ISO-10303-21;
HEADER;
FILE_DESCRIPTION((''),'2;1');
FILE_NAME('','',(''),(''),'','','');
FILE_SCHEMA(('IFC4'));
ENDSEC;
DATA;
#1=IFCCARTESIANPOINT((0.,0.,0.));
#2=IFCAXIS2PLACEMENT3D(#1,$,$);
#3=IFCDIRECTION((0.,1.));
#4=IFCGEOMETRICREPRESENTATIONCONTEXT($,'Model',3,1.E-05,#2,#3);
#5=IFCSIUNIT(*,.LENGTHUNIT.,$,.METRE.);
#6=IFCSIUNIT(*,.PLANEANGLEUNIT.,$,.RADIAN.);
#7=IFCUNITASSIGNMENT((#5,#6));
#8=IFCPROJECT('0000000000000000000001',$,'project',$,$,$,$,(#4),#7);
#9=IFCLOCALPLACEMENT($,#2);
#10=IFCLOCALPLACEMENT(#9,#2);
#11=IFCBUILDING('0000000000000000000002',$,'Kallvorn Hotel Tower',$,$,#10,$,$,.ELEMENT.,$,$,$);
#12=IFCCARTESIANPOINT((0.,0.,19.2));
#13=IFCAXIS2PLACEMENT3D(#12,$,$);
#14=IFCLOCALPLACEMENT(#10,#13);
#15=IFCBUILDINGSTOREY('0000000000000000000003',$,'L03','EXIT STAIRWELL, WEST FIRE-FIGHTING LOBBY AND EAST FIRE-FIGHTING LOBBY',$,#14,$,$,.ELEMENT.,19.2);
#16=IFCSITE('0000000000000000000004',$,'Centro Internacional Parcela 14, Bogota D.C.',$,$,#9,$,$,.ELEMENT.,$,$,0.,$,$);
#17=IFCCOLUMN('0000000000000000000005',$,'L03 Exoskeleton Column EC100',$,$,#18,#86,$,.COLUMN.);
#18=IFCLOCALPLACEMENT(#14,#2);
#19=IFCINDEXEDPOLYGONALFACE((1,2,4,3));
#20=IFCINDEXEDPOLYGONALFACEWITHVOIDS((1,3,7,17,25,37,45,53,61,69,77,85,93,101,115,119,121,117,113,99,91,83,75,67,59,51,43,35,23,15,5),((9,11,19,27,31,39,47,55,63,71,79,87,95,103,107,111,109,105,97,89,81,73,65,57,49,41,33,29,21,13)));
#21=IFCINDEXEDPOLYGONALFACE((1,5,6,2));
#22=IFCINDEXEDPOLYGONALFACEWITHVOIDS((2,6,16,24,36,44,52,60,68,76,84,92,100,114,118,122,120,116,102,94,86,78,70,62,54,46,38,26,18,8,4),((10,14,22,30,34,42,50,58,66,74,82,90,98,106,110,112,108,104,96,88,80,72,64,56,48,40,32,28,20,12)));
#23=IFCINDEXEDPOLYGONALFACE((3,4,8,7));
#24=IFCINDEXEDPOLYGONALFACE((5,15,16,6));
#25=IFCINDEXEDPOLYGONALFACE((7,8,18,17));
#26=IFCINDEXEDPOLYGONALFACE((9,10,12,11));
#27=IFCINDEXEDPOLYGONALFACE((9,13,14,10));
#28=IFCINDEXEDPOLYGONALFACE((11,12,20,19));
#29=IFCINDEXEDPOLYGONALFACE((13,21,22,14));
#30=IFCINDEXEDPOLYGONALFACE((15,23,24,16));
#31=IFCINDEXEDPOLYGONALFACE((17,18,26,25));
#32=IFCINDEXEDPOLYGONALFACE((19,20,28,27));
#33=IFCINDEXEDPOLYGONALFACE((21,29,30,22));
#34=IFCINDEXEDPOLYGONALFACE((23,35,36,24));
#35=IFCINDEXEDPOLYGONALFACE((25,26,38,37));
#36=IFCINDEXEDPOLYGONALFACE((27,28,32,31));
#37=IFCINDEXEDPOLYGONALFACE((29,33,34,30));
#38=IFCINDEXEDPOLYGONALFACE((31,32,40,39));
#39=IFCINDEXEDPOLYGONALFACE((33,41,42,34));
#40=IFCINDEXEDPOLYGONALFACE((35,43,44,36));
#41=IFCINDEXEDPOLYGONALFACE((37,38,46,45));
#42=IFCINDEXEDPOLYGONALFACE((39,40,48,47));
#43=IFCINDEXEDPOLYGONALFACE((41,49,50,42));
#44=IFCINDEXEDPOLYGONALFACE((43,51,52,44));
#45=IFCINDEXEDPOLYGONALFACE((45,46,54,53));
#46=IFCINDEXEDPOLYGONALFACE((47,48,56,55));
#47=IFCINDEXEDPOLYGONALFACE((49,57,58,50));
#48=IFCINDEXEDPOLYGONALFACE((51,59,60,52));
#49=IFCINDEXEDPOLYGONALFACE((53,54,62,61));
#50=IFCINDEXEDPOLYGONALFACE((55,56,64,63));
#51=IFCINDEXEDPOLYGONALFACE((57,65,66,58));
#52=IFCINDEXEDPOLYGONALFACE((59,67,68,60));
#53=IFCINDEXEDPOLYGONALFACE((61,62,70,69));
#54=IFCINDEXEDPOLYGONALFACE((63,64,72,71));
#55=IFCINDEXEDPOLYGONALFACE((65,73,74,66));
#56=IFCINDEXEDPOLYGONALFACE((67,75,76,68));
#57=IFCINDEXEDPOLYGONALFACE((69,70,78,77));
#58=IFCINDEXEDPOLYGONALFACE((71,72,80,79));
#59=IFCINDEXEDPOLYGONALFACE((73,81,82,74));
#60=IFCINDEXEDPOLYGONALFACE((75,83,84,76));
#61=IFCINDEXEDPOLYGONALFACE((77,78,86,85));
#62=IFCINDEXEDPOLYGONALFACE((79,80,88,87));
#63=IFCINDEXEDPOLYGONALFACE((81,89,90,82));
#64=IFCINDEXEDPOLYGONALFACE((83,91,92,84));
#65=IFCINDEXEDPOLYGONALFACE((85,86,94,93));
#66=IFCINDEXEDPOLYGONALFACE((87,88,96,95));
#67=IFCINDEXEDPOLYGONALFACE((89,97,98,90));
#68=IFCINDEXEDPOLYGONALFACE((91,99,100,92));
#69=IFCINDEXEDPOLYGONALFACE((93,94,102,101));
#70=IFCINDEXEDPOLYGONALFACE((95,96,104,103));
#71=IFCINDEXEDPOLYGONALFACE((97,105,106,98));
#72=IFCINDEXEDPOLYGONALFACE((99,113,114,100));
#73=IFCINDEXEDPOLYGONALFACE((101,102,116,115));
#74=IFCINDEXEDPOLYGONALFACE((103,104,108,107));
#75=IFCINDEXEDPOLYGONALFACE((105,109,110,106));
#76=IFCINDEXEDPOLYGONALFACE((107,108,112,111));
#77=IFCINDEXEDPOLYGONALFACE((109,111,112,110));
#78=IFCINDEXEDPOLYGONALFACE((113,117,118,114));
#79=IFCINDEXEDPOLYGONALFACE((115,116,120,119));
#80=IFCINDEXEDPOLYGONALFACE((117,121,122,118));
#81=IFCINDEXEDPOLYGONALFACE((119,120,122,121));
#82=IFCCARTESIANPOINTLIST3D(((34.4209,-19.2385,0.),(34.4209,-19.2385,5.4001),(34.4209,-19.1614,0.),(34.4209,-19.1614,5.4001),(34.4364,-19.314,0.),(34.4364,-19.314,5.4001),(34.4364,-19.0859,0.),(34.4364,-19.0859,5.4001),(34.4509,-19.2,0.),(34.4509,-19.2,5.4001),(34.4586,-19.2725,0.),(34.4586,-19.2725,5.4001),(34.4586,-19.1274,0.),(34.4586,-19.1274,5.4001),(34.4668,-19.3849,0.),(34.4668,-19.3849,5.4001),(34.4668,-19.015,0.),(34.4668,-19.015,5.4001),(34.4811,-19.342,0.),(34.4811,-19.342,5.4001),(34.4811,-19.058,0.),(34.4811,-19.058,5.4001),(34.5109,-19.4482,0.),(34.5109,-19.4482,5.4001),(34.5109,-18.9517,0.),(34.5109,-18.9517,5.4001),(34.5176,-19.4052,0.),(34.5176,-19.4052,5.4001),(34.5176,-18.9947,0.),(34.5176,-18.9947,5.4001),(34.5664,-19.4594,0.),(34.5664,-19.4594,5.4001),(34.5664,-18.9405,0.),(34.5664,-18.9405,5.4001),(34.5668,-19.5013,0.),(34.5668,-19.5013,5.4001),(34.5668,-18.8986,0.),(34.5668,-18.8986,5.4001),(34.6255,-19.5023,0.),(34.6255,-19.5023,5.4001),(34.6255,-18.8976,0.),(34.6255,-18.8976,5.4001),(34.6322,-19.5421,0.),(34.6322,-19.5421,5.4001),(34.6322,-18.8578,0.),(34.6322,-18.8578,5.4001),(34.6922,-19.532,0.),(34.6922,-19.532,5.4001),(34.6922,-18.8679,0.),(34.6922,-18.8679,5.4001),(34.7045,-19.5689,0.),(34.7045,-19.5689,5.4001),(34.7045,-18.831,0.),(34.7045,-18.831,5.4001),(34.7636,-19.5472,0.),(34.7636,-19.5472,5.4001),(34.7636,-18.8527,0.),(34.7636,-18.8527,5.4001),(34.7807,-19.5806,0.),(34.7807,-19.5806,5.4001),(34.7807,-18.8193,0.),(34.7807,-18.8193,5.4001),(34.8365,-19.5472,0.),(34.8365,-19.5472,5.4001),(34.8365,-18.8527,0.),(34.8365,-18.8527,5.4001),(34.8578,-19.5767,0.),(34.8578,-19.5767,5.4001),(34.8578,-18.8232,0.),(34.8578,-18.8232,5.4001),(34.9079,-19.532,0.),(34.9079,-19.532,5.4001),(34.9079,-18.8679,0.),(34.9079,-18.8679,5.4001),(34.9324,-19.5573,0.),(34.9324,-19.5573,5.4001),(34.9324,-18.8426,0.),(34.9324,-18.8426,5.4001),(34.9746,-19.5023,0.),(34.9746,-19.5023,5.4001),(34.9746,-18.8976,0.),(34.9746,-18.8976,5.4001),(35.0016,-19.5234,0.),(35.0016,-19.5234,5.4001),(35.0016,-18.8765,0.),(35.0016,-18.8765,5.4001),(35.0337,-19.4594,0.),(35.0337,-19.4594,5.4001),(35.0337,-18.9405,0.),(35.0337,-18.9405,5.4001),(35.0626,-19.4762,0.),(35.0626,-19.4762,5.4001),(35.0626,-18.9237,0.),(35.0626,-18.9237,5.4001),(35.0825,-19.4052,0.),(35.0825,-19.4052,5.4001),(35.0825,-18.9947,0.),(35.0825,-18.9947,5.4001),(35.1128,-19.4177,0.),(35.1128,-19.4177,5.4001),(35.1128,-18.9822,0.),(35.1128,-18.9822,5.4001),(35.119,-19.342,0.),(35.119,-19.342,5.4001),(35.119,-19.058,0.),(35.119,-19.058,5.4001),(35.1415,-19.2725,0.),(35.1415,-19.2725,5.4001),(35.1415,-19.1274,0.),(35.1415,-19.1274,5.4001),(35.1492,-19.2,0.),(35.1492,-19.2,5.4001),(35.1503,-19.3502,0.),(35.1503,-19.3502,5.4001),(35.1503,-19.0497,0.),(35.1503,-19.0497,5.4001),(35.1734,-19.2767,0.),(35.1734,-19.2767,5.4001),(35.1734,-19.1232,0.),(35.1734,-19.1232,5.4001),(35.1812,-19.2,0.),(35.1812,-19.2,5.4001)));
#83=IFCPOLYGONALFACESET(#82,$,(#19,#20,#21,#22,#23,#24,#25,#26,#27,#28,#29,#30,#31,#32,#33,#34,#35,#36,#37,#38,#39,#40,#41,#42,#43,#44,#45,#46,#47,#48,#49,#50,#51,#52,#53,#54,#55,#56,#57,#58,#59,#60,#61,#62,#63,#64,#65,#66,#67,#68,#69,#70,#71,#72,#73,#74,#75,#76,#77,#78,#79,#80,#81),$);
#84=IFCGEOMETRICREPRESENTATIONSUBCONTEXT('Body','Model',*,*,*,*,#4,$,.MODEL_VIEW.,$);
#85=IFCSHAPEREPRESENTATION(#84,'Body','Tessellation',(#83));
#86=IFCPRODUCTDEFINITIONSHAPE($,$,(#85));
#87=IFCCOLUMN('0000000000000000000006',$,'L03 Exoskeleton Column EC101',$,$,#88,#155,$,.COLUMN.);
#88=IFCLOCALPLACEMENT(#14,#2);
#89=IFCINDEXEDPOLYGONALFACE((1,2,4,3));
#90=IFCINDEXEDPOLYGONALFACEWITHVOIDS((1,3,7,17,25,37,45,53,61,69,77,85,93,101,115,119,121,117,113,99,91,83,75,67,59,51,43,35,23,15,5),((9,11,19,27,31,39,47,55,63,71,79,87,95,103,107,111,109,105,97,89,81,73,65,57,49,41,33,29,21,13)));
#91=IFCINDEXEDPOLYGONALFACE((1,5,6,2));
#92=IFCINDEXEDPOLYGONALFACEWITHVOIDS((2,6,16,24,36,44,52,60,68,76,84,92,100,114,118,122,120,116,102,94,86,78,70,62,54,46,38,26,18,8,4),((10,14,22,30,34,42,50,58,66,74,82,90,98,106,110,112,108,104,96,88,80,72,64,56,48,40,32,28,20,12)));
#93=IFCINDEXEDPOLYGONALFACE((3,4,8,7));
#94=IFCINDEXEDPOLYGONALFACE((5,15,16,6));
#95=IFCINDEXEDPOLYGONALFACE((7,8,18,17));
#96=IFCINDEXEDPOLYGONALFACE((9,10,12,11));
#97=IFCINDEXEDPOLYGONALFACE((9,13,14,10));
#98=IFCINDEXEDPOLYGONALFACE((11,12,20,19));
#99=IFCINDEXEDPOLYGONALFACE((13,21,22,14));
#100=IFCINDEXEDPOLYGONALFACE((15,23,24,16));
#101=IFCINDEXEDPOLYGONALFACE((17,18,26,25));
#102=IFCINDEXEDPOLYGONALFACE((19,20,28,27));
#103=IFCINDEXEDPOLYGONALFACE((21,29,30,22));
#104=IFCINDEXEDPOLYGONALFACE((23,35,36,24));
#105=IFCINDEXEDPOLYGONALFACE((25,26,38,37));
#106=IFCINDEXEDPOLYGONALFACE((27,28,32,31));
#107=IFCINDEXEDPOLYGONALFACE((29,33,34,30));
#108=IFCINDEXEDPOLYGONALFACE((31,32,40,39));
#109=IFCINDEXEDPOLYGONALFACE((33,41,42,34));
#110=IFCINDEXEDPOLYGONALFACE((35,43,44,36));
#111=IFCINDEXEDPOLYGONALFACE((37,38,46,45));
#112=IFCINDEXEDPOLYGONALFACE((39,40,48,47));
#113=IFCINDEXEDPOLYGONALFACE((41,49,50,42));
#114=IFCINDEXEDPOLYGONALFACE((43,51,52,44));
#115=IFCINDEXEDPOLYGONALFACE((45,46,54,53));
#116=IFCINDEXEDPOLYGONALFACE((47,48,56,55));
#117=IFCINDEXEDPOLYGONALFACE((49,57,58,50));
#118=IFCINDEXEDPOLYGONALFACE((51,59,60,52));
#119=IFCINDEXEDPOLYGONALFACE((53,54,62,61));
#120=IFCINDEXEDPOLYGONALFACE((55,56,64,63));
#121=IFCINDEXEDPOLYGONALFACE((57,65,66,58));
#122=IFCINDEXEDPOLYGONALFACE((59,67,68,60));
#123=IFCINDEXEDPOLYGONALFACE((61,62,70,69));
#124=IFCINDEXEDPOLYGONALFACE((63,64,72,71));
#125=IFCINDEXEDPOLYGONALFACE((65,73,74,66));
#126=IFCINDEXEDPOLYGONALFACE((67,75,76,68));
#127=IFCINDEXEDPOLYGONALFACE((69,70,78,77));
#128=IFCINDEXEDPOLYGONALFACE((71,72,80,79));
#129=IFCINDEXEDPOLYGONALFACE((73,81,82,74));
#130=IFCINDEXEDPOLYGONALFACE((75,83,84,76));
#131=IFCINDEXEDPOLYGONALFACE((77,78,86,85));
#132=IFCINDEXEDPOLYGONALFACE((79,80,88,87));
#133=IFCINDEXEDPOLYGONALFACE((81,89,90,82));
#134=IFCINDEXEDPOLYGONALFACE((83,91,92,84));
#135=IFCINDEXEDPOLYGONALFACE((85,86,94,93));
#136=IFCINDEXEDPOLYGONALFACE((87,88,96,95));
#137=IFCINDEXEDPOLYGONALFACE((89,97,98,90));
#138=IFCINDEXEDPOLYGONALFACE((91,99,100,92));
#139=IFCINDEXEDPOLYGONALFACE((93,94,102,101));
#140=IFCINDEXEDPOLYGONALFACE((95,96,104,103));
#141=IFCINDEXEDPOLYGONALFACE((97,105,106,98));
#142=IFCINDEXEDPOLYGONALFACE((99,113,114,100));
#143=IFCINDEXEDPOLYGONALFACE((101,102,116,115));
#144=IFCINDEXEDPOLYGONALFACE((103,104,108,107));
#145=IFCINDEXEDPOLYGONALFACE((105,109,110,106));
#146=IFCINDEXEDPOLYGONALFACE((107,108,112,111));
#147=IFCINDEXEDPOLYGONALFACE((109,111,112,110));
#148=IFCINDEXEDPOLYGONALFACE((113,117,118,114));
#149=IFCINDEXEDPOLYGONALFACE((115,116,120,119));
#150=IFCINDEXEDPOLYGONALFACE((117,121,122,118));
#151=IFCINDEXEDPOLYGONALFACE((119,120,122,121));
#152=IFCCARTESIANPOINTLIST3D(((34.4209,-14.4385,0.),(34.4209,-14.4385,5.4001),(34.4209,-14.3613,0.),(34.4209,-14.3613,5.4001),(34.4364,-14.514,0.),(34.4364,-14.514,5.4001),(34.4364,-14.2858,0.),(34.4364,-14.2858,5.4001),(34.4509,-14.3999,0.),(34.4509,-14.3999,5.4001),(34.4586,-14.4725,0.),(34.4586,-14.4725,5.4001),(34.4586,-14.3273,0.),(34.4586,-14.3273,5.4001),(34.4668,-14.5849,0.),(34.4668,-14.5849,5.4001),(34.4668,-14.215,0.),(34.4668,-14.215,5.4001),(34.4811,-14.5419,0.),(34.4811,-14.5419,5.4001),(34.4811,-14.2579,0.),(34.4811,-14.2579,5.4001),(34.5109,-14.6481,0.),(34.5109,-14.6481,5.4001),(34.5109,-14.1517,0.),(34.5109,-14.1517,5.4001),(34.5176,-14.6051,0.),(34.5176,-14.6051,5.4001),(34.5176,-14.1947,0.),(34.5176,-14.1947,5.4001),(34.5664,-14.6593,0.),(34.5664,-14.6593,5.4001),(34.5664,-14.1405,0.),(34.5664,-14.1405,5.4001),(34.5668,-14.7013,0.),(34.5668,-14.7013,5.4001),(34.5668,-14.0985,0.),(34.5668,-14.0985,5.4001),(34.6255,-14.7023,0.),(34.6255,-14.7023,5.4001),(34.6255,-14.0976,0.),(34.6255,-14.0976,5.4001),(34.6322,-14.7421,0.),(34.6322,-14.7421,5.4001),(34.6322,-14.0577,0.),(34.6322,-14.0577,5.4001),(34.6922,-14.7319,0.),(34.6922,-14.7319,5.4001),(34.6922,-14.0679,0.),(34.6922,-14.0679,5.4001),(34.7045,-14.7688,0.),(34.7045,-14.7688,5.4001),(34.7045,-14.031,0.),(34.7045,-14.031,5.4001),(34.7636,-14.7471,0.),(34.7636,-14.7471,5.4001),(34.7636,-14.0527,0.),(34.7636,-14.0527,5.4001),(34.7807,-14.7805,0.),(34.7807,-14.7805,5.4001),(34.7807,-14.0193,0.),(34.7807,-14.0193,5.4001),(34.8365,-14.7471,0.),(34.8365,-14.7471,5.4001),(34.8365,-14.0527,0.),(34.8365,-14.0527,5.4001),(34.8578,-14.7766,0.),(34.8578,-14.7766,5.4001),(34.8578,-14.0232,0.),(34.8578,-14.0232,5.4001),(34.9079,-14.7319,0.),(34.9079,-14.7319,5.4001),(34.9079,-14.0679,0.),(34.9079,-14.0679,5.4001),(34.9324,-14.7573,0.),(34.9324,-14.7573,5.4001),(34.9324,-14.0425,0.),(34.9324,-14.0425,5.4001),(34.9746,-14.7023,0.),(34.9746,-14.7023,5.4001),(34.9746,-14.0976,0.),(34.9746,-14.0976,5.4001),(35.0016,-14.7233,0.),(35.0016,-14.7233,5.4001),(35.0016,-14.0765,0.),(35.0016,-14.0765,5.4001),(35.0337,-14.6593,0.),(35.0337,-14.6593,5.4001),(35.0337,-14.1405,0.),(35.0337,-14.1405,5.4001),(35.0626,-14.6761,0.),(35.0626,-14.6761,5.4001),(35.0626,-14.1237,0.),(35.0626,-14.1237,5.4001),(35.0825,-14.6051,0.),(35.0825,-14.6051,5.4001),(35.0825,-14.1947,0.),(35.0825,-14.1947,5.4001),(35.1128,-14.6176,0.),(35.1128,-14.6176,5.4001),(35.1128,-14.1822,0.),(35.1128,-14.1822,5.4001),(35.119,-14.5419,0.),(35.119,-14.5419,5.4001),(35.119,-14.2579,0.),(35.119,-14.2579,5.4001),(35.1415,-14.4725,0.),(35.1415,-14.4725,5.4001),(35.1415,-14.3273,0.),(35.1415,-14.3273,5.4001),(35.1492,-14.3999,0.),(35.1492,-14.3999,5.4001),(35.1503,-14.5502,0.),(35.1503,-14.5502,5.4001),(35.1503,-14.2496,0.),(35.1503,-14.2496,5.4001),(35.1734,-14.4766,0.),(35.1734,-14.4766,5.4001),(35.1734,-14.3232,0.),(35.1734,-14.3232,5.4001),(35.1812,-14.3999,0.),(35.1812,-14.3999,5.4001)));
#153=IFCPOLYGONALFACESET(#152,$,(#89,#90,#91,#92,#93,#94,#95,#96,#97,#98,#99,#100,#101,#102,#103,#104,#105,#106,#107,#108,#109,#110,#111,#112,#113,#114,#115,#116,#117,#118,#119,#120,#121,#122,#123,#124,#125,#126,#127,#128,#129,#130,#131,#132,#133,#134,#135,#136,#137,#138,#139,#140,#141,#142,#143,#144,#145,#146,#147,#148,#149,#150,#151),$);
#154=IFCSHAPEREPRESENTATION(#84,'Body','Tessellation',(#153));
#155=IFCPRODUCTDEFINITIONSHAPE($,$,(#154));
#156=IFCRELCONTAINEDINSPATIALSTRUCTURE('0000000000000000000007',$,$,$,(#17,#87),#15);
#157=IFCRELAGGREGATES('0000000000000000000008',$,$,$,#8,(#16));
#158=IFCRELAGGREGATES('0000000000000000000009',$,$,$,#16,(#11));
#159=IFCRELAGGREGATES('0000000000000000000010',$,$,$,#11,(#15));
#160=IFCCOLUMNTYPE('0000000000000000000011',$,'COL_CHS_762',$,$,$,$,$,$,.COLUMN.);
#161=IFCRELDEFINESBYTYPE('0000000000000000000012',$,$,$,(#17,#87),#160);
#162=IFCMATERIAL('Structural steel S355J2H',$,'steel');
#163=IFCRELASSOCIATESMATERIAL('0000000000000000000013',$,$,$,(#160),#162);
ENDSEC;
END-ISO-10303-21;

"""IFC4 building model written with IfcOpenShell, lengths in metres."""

from ifc_helpers import new_model, si_unit, direction, frame, origin, origin_2d, place, context, subcontext, project, spatial, hollow_circle, extrude, material, material_profile, profile_set, type_object, element, save


model = new_model("IFC4")

# Units and contexts
model_context = context("Model", 3, precision=1e-05, world=origin(), true_north=direction((0.0, 1.0)))
body_context = subcontext(model_context, "Body", "Model", "MODEL_VIEW")
ifc_project = project(units=[si_unit("LENGTHUNIT", "METRE"), si_unit("PLANEANGLEUNIT", "RADIAN")], contexts=[model_context])

# Site, building, storey
site_placement = place(None, origin())
site = spatial("IfcSite", under=ifc_project, at=site_placement, Name="Centro Internacional Parcela 14, Bogota D.C.", CompositionType="ELEMENT", RefElevation=0.0)
building_placement = place(site_placement, origin())
building = spatial("IfcBuilding", under=site, at=building_placement, Name="Kallvorn Hotel Tower", CompositionType="ELEMENT")
storey_placement = place(building_placement, frame((0.0, 0.0, 19.2)))
storey = spatial("IfcBuildingStorey", under=building, at=storey_placement, Name="L03", Description="EXIT STAIRWELL, WEST FIRE-FIGHTING LOBBY AND EAST FIRE-FIGHTING LOBBY", CompositionType="ELEMENT", Elevation=19.2)

# Columns
ifc_material_1 = material(Name="Structural steel S355J2H", Category="steel")
ifc_material_profile_1 = material_profile(ifc_material_1, hollow_circle(Radius=0.3811, WallThickness=0.032, at=origin_2d()), Name="CHS 762x32")
ifc_profile_set_1 = profile_set([ifc_material_profile_1], Name="Structural steel S355J2H")
column_type_1 = type_object("IfcColumnType", Name="COL_CHS_762", PredefinedType="COLUMN", material=ifc_profile_set_1)
for number, where, z_axis, x_axis, name in (
    (1, (34.8, -19.2, 0.0), (0.0, 0.0, 1.0), (1.0, 0.0, 0.0), "L03 Exoskeleton Column EC100"),
    (2, (34.8, -14.3999, 0.0), (0.0, 0.0, 1.0), (1.0, 0.0, 0.0), "L03 Exoskeleton Column EC101"),
):
    element("IfcColumn", number, at=place(storey_placement, frame(where, z_axis=z_axis, x_axis=x_axis)), inside=storey, type_object=column_type_1, Name=name, PredefinedType="COLUMN", context=body_context, shape_type="SweptSolid", body=[
        extrude(hollow_circle(Radius=0.3811, WallThickness=0.032, at=origin_2d()), origin(), (0.0, 0.0, 1.0), 5.4001),
    ])

save(model, "model.ifc")
